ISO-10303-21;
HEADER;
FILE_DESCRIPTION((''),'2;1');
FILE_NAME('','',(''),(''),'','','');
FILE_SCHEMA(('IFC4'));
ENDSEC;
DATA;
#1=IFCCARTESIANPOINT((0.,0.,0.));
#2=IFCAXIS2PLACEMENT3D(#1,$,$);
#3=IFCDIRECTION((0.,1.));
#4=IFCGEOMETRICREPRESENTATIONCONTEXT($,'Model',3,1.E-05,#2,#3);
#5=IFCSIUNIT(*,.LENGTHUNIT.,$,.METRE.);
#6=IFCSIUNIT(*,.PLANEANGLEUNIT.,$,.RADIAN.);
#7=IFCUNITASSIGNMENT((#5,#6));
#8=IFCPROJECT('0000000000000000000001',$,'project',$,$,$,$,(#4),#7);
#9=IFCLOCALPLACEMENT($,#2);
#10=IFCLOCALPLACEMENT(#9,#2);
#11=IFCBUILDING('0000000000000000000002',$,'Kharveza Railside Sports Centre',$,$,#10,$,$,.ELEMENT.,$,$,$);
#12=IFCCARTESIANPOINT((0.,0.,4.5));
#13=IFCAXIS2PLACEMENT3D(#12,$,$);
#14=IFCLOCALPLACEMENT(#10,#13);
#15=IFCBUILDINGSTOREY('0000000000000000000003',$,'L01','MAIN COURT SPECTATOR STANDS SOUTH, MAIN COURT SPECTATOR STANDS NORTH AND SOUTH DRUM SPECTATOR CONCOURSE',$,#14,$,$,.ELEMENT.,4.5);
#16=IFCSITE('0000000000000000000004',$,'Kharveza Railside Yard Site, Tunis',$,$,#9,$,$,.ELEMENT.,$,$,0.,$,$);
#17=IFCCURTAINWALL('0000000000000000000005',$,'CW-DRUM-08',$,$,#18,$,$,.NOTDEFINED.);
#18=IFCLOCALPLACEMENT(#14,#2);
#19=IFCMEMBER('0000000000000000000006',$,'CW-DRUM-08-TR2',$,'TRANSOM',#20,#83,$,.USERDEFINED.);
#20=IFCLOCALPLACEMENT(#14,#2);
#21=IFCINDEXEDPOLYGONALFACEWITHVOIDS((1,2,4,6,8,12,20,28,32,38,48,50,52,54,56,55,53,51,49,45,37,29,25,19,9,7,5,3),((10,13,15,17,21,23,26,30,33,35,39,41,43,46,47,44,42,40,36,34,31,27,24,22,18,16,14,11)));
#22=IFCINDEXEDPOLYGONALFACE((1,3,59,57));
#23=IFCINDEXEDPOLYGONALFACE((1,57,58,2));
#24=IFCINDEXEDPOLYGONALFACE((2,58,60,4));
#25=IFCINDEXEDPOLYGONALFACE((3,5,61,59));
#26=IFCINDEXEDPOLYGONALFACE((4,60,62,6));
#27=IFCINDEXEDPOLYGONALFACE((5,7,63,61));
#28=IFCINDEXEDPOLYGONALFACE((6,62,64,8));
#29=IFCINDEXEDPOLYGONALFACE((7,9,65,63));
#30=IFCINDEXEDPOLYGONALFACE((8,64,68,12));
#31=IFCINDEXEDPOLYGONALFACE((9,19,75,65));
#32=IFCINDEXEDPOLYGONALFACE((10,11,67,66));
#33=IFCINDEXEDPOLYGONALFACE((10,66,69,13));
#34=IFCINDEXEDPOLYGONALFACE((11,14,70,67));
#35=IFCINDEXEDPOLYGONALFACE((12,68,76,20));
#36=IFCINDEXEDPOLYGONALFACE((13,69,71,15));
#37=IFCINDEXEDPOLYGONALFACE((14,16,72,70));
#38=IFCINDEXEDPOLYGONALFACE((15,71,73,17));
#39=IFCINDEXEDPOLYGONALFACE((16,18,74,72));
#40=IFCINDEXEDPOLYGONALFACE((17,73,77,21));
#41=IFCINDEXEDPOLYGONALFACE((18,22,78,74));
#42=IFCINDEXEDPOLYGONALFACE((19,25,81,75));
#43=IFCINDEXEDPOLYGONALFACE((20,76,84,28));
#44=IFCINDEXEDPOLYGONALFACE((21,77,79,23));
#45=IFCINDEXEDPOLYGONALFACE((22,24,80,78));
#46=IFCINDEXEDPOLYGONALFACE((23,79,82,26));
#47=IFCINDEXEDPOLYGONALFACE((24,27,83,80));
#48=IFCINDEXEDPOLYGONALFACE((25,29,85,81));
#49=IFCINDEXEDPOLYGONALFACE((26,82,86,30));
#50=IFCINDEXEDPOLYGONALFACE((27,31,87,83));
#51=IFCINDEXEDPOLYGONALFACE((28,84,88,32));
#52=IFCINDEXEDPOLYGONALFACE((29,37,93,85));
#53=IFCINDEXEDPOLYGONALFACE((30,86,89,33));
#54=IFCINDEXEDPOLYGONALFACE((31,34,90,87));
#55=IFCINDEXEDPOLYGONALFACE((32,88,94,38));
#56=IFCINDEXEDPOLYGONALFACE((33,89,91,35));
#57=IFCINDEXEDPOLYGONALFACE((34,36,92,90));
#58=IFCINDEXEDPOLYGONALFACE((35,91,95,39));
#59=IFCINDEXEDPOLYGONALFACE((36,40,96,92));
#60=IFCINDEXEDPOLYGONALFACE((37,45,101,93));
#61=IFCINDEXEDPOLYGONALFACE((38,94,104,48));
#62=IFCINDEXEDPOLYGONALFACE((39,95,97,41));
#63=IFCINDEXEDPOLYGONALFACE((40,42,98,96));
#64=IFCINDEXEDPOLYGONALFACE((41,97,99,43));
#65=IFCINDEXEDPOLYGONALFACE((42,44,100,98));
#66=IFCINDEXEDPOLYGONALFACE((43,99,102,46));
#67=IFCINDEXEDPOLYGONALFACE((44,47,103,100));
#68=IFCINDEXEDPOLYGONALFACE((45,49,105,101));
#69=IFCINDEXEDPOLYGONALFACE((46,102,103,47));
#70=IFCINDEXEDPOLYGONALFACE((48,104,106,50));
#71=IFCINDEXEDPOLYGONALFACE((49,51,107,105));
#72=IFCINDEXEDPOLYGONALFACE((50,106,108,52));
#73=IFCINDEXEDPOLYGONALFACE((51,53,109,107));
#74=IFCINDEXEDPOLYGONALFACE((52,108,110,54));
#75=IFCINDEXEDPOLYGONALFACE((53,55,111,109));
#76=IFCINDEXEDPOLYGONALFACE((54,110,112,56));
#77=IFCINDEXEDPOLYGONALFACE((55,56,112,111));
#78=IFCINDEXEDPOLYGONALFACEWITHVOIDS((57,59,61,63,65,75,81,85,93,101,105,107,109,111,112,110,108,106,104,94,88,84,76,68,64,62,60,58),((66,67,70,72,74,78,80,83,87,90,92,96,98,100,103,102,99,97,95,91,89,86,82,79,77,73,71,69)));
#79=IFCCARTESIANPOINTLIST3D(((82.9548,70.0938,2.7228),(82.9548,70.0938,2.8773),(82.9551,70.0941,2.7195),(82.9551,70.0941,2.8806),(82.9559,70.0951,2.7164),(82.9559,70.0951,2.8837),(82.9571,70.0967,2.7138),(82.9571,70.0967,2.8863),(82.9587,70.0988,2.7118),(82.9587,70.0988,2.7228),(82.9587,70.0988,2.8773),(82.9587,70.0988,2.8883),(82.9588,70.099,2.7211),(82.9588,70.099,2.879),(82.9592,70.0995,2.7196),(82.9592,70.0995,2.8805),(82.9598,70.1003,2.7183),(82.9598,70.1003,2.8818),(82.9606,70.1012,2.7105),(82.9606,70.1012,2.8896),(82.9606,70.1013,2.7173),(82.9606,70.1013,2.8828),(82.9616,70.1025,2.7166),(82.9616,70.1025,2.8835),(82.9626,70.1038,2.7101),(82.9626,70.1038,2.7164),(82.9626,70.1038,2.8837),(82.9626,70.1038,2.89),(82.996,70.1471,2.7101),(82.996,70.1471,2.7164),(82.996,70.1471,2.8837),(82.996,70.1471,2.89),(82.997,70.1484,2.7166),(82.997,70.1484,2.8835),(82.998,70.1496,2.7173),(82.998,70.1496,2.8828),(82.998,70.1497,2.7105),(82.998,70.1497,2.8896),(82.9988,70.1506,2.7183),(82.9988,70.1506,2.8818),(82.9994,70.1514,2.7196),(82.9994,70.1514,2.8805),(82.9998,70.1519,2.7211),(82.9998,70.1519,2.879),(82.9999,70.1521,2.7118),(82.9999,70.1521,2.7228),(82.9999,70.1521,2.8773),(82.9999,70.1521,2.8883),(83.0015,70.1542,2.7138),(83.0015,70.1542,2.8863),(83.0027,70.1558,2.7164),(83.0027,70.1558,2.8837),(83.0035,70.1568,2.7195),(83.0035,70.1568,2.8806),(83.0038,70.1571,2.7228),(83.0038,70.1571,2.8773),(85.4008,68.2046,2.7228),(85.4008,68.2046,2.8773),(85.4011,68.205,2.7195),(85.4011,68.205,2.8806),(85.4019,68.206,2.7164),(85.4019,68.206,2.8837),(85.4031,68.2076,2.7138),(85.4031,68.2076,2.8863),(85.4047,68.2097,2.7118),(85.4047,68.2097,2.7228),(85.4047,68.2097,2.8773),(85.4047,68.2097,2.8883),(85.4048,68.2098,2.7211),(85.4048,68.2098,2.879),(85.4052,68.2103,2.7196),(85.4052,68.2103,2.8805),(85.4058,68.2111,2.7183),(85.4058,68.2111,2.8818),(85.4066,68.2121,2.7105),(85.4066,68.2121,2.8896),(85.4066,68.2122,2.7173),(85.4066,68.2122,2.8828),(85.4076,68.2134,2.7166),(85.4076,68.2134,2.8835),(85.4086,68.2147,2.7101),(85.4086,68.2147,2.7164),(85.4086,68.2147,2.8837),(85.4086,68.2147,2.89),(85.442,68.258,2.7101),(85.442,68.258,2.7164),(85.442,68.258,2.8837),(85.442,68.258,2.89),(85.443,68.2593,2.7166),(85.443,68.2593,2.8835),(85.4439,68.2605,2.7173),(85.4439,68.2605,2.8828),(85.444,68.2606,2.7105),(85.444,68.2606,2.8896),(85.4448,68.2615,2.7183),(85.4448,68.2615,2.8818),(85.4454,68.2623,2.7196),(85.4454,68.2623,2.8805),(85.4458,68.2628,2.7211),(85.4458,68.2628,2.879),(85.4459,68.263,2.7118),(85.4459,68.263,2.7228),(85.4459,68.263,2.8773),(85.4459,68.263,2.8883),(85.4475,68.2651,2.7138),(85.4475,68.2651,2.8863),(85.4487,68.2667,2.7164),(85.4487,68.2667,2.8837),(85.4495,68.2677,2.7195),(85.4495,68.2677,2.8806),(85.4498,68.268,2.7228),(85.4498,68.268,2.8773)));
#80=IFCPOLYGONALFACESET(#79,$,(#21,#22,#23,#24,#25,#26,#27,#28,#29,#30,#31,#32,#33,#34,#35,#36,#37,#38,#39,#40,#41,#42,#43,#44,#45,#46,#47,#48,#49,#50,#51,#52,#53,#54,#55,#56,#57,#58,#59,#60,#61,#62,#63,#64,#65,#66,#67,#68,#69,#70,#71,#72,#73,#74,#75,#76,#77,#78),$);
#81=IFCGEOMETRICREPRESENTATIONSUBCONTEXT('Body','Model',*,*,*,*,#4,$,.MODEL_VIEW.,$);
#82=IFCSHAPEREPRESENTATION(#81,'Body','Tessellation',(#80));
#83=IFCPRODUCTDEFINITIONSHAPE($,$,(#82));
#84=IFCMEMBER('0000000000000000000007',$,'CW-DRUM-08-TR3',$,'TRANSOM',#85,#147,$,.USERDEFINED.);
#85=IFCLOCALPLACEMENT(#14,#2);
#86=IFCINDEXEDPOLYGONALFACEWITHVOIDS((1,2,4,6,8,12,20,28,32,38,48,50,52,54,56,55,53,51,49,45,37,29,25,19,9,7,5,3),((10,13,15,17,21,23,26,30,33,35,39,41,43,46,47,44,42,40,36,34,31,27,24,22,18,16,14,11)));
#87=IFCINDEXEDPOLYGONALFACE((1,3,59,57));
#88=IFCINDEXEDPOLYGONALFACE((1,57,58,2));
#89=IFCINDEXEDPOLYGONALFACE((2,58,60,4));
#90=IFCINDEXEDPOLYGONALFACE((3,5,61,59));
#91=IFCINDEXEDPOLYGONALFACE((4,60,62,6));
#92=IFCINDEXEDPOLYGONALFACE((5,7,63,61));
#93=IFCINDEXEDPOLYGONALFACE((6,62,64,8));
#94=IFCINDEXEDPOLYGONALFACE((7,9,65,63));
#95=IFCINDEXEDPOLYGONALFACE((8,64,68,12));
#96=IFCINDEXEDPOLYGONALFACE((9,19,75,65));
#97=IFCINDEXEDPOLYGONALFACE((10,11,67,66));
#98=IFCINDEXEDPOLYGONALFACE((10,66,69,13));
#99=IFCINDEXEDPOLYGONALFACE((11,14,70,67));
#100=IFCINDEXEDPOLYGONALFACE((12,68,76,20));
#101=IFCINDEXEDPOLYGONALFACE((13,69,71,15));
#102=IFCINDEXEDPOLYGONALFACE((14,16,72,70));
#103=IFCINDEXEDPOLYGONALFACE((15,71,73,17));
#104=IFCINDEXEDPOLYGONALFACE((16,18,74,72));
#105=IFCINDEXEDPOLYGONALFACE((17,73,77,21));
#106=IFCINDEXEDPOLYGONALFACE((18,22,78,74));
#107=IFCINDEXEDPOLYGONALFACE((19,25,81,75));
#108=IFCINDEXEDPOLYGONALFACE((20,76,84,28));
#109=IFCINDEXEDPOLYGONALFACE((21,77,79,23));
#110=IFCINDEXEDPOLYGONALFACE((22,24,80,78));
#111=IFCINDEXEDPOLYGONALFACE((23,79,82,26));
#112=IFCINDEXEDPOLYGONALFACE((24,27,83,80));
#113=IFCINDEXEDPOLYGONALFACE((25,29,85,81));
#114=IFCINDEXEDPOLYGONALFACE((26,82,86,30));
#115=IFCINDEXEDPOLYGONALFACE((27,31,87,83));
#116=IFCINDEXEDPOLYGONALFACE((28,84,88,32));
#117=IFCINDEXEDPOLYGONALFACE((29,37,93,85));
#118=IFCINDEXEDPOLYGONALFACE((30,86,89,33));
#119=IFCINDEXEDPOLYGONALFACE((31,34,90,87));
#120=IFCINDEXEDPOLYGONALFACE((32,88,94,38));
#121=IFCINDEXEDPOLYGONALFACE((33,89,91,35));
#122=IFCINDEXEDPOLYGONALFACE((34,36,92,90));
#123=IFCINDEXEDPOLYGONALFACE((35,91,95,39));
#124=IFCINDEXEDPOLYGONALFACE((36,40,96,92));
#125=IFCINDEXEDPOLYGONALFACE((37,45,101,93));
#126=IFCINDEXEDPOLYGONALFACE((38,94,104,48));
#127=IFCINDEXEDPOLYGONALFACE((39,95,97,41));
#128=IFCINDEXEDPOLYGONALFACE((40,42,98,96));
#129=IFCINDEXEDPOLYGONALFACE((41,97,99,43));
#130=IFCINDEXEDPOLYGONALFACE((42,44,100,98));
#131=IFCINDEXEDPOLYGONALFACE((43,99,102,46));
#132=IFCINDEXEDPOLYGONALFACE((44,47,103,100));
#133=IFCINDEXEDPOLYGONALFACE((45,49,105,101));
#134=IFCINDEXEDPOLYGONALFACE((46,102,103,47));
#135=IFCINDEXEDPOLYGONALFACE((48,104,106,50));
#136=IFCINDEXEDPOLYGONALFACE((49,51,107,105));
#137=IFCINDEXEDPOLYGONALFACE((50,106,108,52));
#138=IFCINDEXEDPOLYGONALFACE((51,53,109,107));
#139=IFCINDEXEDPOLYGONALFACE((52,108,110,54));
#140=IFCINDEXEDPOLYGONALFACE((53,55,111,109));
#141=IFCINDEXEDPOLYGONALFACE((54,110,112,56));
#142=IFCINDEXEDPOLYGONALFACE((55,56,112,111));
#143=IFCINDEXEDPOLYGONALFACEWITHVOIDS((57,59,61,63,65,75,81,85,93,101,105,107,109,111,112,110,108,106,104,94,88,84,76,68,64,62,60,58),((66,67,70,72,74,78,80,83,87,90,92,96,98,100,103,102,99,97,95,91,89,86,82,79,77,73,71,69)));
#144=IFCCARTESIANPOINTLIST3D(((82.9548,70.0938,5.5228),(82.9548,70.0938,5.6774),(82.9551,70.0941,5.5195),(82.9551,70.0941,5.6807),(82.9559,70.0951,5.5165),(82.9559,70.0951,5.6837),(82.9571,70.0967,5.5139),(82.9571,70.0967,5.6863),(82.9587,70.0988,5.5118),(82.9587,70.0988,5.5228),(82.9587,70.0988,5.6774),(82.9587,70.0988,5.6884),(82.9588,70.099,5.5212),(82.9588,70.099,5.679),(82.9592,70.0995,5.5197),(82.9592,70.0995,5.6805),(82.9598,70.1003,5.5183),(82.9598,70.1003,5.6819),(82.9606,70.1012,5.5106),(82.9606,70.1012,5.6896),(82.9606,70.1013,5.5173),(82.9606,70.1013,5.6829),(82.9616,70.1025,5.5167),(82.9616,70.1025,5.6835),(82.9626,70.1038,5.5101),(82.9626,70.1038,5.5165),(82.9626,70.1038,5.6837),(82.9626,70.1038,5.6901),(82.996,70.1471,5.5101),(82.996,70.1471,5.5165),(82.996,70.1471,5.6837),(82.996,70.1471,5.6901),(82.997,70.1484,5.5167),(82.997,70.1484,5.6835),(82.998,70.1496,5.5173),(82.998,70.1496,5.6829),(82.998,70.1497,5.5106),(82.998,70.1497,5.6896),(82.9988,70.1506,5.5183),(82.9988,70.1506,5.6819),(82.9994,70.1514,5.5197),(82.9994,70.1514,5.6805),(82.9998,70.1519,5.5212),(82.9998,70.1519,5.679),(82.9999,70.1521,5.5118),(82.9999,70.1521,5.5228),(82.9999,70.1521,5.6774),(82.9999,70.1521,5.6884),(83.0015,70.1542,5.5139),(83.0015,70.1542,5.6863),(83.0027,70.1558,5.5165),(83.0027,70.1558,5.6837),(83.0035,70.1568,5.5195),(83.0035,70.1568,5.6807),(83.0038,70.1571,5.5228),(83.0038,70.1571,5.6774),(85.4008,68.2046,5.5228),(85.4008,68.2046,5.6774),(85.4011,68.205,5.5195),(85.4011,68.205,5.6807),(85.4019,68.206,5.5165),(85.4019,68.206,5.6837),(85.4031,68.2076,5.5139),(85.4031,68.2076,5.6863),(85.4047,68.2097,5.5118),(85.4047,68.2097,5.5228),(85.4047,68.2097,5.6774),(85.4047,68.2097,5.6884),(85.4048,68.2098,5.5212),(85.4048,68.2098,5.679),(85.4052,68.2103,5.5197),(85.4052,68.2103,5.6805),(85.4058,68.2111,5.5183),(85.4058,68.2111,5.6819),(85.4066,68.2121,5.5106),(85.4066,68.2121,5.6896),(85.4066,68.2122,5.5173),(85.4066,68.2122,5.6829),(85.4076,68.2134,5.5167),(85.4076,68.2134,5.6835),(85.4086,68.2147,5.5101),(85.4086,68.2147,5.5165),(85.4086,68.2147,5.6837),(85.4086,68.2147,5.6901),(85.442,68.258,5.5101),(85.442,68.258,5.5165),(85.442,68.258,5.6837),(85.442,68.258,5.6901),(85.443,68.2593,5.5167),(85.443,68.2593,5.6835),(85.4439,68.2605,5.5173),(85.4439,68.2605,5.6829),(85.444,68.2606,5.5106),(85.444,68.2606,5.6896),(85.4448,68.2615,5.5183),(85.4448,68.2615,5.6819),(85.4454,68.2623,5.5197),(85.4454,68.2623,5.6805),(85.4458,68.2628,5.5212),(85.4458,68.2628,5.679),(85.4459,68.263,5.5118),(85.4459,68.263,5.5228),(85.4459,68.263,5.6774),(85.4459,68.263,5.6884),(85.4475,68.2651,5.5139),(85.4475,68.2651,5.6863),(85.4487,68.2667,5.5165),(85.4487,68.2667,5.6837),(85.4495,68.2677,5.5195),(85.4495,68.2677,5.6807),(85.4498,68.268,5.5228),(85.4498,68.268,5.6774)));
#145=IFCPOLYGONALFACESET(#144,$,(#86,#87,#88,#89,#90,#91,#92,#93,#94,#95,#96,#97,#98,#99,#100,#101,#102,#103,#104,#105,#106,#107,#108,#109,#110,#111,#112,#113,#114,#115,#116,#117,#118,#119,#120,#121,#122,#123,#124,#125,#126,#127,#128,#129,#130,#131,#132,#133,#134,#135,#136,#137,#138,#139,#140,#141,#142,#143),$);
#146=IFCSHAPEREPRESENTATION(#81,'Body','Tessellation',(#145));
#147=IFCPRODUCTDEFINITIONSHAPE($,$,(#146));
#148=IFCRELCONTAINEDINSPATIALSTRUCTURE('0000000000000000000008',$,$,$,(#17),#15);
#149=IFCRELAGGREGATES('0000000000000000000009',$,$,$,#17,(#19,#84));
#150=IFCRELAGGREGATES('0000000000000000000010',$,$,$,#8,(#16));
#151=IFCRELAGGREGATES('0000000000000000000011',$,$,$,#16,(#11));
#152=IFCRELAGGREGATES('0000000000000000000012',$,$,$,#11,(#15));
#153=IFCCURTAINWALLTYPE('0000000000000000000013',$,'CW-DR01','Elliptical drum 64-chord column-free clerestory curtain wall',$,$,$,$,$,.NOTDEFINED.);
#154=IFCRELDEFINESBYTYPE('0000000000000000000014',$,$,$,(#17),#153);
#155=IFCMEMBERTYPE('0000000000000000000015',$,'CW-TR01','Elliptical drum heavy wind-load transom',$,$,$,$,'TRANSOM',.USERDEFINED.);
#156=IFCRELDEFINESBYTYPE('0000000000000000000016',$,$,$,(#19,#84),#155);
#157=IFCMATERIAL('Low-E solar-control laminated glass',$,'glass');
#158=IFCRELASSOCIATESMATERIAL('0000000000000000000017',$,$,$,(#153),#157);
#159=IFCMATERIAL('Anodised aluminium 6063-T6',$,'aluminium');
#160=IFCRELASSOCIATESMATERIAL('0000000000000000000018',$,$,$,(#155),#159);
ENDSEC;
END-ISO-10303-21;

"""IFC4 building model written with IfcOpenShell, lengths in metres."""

from ifc_helpers import new_model, si_unit, direction, frame, origin, origin_2d, place, context, subcontext, project, spatial, hollow_rectangle, extrude, material, material_profile, profile_set, type_object, element, aggregate, save


model = new_model("IFC4")

# Units and contexts
model_context = context("Model", 3, precision=1e-05, world=origin(), true_north=direction((0.0, 1.0)))
body_context = subcontext(model_context, "Body", "Model", "MODEL_VIEW")
ifc_project = project(units=[si_unit("LENGTHUNIT", "METRE"), si_unit("PLANEANGLEUNIT", "RADIAN")], contexts=[model_context])

# Site, building, storey
site_placement = place(None, origin())
site = spatial("IfcSite", under=ifc_project, at=site_placement, Name="Kharveza Railside Yard Site, Tunis", CompositionType="ELEMENT", RefElevation=0.0)
building_placement = place(site_placement, origin())
building = spatial("IfcBuilding", under=site, at=building_placement, Name="Kharveza Railside Sports Centre", CompositionType="ELEMENT")
storey_placement = place(building_placement, frame((0.0, 0.0, 4.5)))
storey = spatial("IfcBuildingStorey", under=building, at=storey_placement, Name="L01", Description="MAIN COURT SPECTATOR STANDS SOUTH, MAIN COURT SPECTATOR STANDS NORTH AND SOUTH DRUM SPECTATOR CONCOURSE", CompositionType="ELEMENT", Elevation=4.5)

# Shared definitions
ifc_material_1 = material(Name="Low-E solar-control laminated glass", Category="glass")
curtain_wall_type = type_object("IfcCurtainWallType", Name="CW-DR01", Description="Elliptical drum 64-chord column-free clerestory curtain wall", PredefinedType="NOTDEFINED", material=ifc_material_1)
ifc_material_2 = material(Name="Anodised aluminium 6063-T6", Category="aluminium")

# Curtain wall
curtain_wall_1_placement = place(storey_placement, origin())
curtain_wall_1 = element("IfcCurtainWall", 1, at=curtain_wall_1_placement, inside=storey, type_object=curtain_wall_type, Name="CW-DRUM-08", PredefinedType="NOTDEFINED")

# Members
ifc_material_profile_1 = material_profile(ifc_material_2, hollow_rectangle(XDim=0.0801, YDim=0.1799, WallThickness=0.0063, InnerFilletRadius=0.0063, OuterFilletRadius=0.0127, at=origin_2d()), Name="RHS 80x180x6.3")
ifc_profile_set_1 = profile_set([ifc_material_profile_1], Name="Anodised aluminium 6063-T6")
member_type_1 = type_object("IfcMemberType", Name="CW-TR01", Description="Elliptical drum heavy wind-load transom", ElementType="TRANSOM", PredefinedType="USERDEFINED", material=ifc_profile_set_1)
member_1_placement = place(storey_placement, frame((85.4253, 68.2363, 2.8), z_axis=(-0.791436, 0.611252, 0.0), x_axis=(-0.611252, -0.791436, 0.0)))
member_1 = element("IfcMember", 2, at=member_1_placement, type_object=member_type_1, Name="CW-DRUM-08-TR2", ObjectType="TRANSOM", PredefinedType="USERDEFINED", context=body_context, shape_type="SweptSolid", body=[
    extrude(hollow_rectangle(XDim=0.0801, YDim=0.1799, WallThickness=0.0063, InnerFilletRadius=0.0063, OuterFilletRadius=0.0127, at=origin_2d()), origin(), (0.0, 0.0, 1.0), 3.0906),
])
member_2_placement = place(storey_placement, frame((85.4253, 68.2363, 5.6001), z_axis=(-0.791436, 0.611252, 0.0), x_axis=(-0.611252, -0.791436, 0.0)))
member_2 = element("IfcMember", 3, at=member_2_placement, type_object=member_type_1, Name="CW-DRUM-08-TR3", ObjectType="TRANSOM", PredefinedType="USERDEFINED", context=body_context, shape_type="SweptSolid", body=[
    extrude(hollow_rectangle(XDim=0.0801, YDim=0.1799, WallThickness=0.0063, InnerFilletRadius=0.0063, OuterFilletRadius=0.0127, at=origin_2d()), origin(), (0.0, 0.0, 1.0), 3.0906),
])

aggregate(curtain_wall_1, [member_1, member_2])

save(model, "model.ifc")
